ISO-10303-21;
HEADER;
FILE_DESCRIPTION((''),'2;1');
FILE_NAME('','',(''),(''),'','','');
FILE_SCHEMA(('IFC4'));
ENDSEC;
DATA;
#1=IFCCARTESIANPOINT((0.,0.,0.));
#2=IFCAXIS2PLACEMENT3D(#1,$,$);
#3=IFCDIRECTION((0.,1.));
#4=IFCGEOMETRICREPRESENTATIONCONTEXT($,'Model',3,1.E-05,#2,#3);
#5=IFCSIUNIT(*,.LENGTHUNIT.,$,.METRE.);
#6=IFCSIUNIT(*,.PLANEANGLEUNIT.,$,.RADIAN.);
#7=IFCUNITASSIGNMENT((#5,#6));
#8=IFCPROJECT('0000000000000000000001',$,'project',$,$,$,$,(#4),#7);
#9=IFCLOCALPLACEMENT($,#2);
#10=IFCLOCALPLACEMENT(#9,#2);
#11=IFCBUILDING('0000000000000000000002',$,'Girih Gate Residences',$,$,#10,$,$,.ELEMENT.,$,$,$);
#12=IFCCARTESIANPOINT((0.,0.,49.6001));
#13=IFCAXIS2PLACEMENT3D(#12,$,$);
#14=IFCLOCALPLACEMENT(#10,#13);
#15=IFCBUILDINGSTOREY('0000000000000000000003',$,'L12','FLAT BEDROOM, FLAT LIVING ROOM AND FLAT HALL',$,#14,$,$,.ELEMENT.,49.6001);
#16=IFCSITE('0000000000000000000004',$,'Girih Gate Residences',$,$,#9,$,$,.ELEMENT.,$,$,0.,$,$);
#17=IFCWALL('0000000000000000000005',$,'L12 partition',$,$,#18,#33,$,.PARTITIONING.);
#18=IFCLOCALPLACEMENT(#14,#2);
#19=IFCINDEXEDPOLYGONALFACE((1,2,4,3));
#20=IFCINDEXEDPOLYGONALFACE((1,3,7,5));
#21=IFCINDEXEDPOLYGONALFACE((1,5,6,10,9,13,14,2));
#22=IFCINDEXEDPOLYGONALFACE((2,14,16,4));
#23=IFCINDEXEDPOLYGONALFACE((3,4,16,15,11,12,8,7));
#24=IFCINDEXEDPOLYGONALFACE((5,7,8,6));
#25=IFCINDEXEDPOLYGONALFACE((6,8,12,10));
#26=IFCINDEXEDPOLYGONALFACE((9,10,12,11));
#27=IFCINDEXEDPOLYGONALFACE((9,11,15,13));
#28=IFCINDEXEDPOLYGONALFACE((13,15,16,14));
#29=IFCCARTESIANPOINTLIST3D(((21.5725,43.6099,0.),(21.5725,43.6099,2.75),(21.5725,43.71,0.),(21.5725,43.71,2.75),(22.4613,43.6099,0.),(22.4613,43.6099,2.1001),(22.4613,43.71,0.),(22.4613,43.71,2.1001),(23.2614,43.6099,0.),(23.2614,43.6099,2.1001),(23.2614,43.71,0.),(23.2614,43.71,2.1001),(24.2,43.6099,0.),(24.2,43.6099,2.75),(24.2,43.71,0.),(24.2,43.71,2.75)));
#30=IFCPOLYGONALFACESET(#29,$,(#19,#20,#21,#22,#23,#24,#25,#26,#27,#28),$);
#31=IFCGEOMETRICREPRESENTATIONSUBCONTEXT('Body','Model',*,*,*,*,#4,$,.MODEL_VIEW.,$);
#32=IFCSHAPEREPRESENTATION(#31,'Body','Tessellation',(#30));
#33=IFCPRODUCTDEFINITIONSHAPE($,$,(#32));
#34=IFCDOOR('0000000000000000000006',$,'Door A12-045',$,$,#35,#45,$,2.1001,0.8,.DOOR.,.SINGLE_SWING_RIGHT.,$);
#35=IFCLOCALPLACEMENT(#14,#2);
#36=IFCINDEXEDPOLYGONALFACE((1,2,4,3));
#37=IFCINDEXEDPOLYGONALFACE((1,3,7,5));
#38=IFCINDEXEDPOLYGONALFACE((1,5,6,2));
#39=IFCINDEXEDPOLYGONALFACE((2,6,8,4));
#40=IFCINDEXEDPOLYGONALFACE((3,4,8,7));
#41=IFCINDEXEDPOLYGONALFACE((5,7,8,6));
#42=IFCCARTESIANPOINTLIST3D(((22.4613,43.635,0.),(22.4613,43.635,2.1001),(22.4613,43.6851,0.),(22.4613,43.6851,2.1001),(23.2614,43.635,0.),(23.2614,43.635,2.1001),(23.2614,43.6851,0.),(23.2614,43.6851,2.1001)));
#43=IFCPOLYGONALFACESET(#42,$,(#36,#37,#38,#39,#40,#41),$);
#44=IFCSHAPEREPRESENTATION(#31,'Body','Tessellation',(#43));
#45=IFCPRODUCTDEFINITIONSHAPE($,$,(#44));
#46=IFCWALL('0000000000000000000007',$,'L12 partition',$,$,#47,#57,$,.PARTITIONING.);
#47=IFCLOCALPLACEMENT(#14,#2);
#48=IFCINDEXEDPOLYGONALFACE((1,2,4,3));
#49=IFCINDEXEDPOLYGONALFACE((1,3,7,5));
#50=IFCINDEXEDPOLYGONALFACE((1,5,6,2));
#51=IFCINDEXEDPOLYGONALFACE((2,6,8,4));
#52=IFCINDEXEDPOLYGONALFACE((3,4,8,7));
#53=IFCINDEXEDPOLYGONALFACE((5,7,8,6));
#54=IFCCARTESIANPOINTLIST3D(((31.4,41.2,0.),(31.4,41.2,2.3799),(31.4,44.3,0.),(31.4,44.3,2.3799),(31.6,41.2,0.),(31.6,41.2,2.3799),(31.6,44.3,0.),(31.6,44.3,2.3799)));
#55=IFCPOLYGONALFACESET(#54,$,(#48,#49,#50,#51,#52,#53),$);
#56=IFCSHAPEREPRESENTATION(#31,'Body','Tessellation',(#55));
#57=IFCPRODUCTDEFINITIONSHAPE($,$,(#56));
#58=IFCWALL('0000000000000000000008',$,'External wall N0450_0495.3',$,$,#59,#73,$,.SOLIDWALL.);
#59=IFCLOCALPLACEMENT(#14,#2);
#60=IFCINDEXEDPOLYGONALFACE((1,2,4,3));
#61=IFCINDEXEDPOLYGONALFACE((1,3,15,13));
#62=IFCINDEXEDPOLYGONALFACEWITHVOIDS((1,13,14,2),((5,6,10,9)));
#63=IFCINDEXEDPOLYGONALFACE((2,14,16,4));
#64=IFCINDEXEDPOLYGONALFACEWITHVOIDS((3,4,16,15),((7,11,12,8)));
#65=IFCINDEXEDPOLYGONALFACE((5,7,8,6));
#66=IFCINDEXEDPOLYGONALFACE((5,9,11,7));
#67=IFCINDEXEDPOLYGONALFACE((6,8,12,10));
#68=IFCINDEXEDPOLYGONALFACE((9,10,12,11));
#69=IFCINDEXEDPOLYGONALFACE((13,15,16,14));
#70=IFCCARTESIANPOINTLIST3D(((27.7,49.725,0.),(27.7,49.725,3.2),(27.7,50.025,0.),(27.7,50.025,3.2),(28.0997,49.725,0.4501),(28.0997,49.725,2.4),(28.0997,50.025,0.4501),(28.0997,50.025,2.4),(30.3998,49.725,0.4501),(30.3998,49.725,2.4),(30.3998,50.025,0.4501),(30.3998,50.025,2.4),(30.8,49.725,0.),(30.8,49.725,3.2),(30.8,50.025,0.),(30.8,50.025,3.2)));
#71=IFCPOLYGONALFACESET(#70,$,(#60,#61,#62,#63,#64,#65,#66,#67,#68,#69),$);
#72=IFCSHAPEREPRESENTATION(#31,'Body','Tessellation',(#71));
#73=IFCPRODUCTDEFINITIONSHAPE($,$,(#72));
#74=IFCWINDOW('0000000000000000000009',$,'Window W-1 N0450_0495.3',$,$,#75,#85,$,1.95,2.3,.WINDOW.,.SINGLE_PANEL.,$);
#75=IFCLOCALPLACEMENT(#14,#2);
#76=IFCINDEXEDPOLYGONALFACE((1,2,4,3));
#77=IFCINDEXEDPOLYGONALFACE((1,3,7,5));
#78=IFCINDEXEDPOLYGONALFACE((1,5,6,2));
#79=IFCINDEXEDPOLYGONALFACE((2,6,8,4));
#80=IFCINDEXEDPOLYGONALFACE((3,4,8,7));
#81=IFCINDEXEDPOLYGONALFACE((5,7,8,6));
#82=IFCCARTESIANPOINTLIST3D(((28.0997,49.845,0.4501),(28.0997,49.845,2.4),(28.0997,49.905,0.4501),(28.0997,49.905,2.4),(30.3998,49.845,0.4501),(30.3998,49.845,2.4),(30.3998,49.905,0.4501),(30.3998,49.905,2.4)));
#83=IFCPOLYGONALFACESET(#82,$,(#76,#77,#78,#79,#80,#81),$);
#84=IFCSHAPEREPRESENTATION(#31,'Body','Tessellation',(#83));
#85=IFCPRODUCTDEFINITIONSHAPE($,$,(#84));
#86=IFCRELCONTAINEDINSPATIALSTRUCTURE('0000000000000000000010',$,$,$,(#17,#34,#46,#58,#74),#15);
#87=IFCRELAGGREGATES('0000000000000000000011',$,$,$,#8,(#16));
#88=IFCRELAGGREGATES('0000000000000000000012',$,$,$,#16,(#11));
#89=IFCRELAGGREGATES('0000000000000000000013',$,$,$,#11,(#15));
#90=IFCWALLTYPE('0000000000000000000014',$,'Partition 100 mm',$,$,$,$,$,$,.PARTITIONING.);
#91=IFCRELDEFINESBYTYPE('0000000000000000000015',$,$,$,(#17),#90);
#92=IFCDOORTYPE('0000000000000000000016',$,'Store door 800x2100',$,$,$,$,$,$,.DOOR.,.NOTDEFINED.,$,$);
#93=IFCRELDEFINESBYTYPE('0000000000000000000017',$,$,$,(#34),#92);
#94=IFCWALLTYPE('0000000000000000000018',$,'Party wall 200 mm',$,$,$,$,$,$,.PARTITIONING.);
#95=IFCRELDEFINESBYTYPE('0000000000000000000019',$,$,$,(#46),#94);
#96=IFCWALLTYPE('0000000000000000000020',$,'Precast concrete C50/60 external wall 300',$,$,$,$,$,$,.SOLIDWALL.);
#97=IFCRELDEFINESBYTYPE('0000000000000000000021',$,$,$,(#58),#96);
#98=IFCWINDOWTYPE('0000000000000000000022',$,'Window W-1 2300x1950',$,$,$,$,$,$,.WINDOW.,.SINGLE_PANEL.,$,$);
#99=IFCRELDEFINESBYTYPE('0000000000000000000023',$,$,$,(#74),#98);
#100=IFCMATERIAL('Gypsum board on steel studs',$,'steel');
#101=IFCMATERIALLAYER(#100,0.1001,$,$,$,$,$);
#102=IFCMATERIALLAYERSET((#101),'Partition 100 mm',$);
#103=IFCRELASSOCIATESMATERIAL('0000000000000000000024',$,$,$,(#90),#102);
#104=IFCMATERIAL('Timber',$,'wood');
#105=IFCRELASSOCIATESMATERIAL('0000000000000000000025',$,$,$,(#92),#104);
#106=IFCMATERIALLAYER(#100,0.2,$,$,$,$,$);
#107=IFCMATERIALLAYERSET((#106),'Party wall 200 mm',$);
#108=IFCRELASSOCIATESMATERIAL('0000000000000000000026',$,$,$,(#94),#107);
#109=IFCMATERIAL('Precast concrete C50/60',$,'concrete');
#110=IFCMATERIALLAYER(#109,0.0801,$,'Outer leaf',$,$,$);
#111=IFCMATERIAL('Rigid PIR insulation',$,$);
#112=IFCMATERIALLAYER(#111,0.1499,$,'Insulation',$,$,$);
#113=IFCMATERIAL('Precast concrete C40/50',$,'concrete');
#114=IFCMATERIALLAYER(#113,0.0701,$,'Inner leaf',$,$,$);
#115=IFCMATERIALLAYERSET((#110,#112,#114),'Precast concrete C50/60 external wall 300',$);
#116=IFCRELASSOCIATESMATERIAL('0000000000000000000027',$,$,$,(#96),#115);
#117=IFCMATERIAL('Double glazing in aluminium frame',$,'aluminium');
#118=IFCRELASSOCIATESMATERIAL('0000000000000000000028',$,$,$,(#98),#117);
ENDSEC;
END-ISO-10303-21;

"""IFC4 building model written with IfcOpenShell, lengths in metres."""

from ifc_helpers import new_model, si_unit, direction, frame, frame_2d, origin, place, context, subcontext, project, spatial, rectangle, extrude, material, layer, layer_set, type_object, element, fill, save


model = new_model("IFC4")

# Units and contexts
model_context = context("Model", 3, precision=1e-05, world=origin(), true_north=direction((0.0, 1.0)))
body_context = subcontext(model_context, "Body", "Model", "MODEL_VIEW")
ifc_project = project(units=[si_unit("LENGTHUNIT", "METRE"), si_unit("PLANEANGLEUNIT", "RADIAN")], contexts=[model_context])

# Site, building, storey
site_placement = place(None, origin())
site = spatial("IfcSite", under=ifc_project, at=site_placement, Name="Girih Gate Residences", CompositionType="ELEMENT", RefElevation=0.0)
building_placement = place(site_placement, origin())
building = spatial("IfcBuilding", under=site, at=building_placement, Name="Girih Gate Residences", CompositionType="ELEMENT")
storey_placement = place(building_placement, frame((0.0, 0.0, 49.6001)))
storey = spatial("IfcBuildingStorey", under=building, at=storey_placement, Name="L12", Description="FLAT BEDROOM, FLAT LIVING ROOM AND FLAT HALL", CompositionType="ELEMENT", Elevation=49.6001)

# Shared definitions
ifc_material_1 = material(Name="Gypsum board on steel studs", Category="steel")
ifc_layer_1 = layer(ifc_material_1, 0.1001)
ifc_layer_set_1 = layer_set([ifc_layer_1], Name="Partition 100 mm")
wall_type_1 = type_object("IfcWallType", Name="Partition 100 mm", PredefinedType="PARTITIONING", material=ifc_layer_set_1)

# Wall, opening, door
ifc_material_2 = material(Name="Timber", Category="wood")
door_type_1 = type_object("IfcDoorType", Name="Store door 800x2100", OperationType="NOTDEFINED", PredefinedType="DOOR", material=ifc_material_2)
wall_1_placement = place(storey_placement, frame((24.2, 43.6599, 0.0), z_axis=(0.0, 0.0, 1.0), x_axis=(-1.0, 0.0, 0.0)))
wall_1 = element("IfcWall", 1, at=wall_1_placement, inside=storey, type_object=wall_type_1, Name="L12 partition", PredefinedType="PARTITIONING", context=body_context, shape_type="SweptSolid", body=[
    extrude(rectangle(XDim=2.6274, YDim=0.1001, at=frame_2d((1.3137, 0.0))), origin(), (0.0, 0.0, 1.0), 2.75),
])
opening_1_placement = place(wall_1_placement, frame((0.9387, 0.0, 0.0)))
opening_1 = element("IfcOpeningElement", 2, at=opening_1_placement, cuts=wall_1, PredefinedType="OPENING", context=body_context, shape_type="SweptSolid", body=[
    extrude(rectangle(XDim=0.8, YDim=2.1001, at=frame_2d((0.3999, 1.05))), frame((0.0, 0.0601, 0.0), z_axis=(0.0, -1.0, 0.0), x_axis=(1.0, 0.0, 0.0)), (0.0, 0.0, 1.0), 0.1201),
])
door_1_placement = place(opening_1_placement, origin())
door_1 = element("IfcDoor", 3, at=door_1_placement, inside=storey, type_object=door_type_1, Name="Door A12-045", OperationType="SINGLE_SWING_RIGHT", OverallHeight=2.1001, OverallWidth=0.8, PredefinedType="DOOR", context=body_context, shape_type="SweptSolid", body=[
    extrude(rectangle(XDim=0.8, YDim=2.1001, at=frame_2d((0.3999, 1.05))), frame((0.0, 0.0249, 0.0), z_axis=(0.0, -1.0, 0.0), x_axis=(1.0, 0.0, 0.0)), (0.0, 0.0, 1.0), 0.05),
])
fill(opening_1, door_1)

# Wall
ifc_layer_2 = layer(ifc_material_1, 0.2)
ifc_layer_set_2 = layer_set([ifc_layer_2], Name="Party wall 200 mm")
wall_type_2 = type_object("IfcWallType", Name="Party wall 200 mm", PredefinedType="PARTITIONING", material=ifc_layer_set_2)
wall_2_placement = place(storey_placement, frame((31.5, 41.2, 0.0), z_axis=(0.0, 0.0, 1.0), x_axis=(0.0, 1.0, 0.0)))
element("IfcWall", 4, at=wall_2_placement, inside=storey, type_object=wall_type_2, Name="L12 partition", PredefinedType="PARTITIONING", context=body_context, shape_type="SweptSolid", body=[
    extrude(rectangle(XDim=3.1001, YDim=0.2, at=frame_2d((1.55, 0.0))), origin(), (0.0, 0.0, 1.0), 2.3799),
])

# Wall, opening, window
ifc_material_3 = material(Name="Precast concrete C50/60", Category="concrete")
ifc_layer_3 = layer(ifc_material_3, 0.0801, Name="Outer leaf")
ifc_material_4 = material(Name="Rigid PIR insulation")
ifc_layer_4 = layer(ifc_material_4, 0.1499, Name="Insulation")
ifc_material_5 = material(Name="Precast concrete C40/50", Category="concrete")
ifc_layer_5 = layer(ifc_material_5, 0.0701, Name="Inner leaf")
ifc_layer_set_3 = layer_set([ifc_layer_3, ifc_layer_4, ifc_layer_5], Name="Precast concrete C50/60 external wall 300")
wall_type_3 = type_object("IfcWallType", Name="Precast concrete C50/60 external wall 300", PredefinedType="SOLIDWALL", material=ifc_layer_set_3)
wall_3_placement = place(storey_placement, frame((27.7, 49.875, 0.0), z_axis=(0.0, 0.0, 1.0), x_axis=(1.0, 0.0, 0.0)))
wall_3 = element("IfcWall", 5, at=wall_3_placement, inside=storey, type_object=wall_type_3, Name="External wall N0450_0495.3", PredefinedType="SOLIDWALL", context=body_context, shape_type="SweptSolid", body=[
    extrude(rectangle(XDim=3.1001, YDim=0.3, at=frame_2d((1.55, 0.0))), origin(), (0.0, 0.0, 1.0), 3.2),
])
opening_2_placement = place(wall_3_placement, frame((0.3999, 0.0, 0.45)))
opening_2 = element("IfcOpeningElement", 6, at=opening_2_placement, cuts=wall_3, PredefinedType="OPENING", context=body_context, shape_type="SweptSolid", body=[
    extrude(rectangle(XDim=2.3, YDim=1.95, at=frame_2d((1.1499, 0.9751))), frame((0.0, 0.1599, 0.0), z_axis=(0.0, -1.0, 0.0), x_axis=(1.0, 0.0, 0.0)), (0.0, 0.0, 1.0), 0.3201),
])
ifc_material_6 = material(Name="Double glazing in aluminium frame", Category="aluminium")
window_type = type_object("IfcWindowType", Name="Window W-1 2300x1950", PartitioningType="SINGLE_PANEL", PredefinedType="WINDOW", material=ifc_material_6)
window_placement = place(opening_2_placement, origin())
window = element("IfcWindow", 7, at=window_placement, inside=storey, type_object=window_type, Name="Window W-1 N0450_0495.3", OverallHeight=1.95, OverallWidth=2.3, PartitioningType="SINGLE_PANEL", PredefinedType="WINDOW", context=body_context, shape_type="SweptSolid", body=[
    extrude(rectangle(XDim=2.3, YDim=1.95, at=frame_2d((1.1499, 0.9751))), frame((0.0, 0.03, 0.0), z_axis=(0.0, -1.0, 0.0), x_axis=(1.0, 0.0, 0.0)), (0.0, 0.0, 1.0), 0.0601),
])
fill(opening_2, window)

save(model, "model.ifc")
